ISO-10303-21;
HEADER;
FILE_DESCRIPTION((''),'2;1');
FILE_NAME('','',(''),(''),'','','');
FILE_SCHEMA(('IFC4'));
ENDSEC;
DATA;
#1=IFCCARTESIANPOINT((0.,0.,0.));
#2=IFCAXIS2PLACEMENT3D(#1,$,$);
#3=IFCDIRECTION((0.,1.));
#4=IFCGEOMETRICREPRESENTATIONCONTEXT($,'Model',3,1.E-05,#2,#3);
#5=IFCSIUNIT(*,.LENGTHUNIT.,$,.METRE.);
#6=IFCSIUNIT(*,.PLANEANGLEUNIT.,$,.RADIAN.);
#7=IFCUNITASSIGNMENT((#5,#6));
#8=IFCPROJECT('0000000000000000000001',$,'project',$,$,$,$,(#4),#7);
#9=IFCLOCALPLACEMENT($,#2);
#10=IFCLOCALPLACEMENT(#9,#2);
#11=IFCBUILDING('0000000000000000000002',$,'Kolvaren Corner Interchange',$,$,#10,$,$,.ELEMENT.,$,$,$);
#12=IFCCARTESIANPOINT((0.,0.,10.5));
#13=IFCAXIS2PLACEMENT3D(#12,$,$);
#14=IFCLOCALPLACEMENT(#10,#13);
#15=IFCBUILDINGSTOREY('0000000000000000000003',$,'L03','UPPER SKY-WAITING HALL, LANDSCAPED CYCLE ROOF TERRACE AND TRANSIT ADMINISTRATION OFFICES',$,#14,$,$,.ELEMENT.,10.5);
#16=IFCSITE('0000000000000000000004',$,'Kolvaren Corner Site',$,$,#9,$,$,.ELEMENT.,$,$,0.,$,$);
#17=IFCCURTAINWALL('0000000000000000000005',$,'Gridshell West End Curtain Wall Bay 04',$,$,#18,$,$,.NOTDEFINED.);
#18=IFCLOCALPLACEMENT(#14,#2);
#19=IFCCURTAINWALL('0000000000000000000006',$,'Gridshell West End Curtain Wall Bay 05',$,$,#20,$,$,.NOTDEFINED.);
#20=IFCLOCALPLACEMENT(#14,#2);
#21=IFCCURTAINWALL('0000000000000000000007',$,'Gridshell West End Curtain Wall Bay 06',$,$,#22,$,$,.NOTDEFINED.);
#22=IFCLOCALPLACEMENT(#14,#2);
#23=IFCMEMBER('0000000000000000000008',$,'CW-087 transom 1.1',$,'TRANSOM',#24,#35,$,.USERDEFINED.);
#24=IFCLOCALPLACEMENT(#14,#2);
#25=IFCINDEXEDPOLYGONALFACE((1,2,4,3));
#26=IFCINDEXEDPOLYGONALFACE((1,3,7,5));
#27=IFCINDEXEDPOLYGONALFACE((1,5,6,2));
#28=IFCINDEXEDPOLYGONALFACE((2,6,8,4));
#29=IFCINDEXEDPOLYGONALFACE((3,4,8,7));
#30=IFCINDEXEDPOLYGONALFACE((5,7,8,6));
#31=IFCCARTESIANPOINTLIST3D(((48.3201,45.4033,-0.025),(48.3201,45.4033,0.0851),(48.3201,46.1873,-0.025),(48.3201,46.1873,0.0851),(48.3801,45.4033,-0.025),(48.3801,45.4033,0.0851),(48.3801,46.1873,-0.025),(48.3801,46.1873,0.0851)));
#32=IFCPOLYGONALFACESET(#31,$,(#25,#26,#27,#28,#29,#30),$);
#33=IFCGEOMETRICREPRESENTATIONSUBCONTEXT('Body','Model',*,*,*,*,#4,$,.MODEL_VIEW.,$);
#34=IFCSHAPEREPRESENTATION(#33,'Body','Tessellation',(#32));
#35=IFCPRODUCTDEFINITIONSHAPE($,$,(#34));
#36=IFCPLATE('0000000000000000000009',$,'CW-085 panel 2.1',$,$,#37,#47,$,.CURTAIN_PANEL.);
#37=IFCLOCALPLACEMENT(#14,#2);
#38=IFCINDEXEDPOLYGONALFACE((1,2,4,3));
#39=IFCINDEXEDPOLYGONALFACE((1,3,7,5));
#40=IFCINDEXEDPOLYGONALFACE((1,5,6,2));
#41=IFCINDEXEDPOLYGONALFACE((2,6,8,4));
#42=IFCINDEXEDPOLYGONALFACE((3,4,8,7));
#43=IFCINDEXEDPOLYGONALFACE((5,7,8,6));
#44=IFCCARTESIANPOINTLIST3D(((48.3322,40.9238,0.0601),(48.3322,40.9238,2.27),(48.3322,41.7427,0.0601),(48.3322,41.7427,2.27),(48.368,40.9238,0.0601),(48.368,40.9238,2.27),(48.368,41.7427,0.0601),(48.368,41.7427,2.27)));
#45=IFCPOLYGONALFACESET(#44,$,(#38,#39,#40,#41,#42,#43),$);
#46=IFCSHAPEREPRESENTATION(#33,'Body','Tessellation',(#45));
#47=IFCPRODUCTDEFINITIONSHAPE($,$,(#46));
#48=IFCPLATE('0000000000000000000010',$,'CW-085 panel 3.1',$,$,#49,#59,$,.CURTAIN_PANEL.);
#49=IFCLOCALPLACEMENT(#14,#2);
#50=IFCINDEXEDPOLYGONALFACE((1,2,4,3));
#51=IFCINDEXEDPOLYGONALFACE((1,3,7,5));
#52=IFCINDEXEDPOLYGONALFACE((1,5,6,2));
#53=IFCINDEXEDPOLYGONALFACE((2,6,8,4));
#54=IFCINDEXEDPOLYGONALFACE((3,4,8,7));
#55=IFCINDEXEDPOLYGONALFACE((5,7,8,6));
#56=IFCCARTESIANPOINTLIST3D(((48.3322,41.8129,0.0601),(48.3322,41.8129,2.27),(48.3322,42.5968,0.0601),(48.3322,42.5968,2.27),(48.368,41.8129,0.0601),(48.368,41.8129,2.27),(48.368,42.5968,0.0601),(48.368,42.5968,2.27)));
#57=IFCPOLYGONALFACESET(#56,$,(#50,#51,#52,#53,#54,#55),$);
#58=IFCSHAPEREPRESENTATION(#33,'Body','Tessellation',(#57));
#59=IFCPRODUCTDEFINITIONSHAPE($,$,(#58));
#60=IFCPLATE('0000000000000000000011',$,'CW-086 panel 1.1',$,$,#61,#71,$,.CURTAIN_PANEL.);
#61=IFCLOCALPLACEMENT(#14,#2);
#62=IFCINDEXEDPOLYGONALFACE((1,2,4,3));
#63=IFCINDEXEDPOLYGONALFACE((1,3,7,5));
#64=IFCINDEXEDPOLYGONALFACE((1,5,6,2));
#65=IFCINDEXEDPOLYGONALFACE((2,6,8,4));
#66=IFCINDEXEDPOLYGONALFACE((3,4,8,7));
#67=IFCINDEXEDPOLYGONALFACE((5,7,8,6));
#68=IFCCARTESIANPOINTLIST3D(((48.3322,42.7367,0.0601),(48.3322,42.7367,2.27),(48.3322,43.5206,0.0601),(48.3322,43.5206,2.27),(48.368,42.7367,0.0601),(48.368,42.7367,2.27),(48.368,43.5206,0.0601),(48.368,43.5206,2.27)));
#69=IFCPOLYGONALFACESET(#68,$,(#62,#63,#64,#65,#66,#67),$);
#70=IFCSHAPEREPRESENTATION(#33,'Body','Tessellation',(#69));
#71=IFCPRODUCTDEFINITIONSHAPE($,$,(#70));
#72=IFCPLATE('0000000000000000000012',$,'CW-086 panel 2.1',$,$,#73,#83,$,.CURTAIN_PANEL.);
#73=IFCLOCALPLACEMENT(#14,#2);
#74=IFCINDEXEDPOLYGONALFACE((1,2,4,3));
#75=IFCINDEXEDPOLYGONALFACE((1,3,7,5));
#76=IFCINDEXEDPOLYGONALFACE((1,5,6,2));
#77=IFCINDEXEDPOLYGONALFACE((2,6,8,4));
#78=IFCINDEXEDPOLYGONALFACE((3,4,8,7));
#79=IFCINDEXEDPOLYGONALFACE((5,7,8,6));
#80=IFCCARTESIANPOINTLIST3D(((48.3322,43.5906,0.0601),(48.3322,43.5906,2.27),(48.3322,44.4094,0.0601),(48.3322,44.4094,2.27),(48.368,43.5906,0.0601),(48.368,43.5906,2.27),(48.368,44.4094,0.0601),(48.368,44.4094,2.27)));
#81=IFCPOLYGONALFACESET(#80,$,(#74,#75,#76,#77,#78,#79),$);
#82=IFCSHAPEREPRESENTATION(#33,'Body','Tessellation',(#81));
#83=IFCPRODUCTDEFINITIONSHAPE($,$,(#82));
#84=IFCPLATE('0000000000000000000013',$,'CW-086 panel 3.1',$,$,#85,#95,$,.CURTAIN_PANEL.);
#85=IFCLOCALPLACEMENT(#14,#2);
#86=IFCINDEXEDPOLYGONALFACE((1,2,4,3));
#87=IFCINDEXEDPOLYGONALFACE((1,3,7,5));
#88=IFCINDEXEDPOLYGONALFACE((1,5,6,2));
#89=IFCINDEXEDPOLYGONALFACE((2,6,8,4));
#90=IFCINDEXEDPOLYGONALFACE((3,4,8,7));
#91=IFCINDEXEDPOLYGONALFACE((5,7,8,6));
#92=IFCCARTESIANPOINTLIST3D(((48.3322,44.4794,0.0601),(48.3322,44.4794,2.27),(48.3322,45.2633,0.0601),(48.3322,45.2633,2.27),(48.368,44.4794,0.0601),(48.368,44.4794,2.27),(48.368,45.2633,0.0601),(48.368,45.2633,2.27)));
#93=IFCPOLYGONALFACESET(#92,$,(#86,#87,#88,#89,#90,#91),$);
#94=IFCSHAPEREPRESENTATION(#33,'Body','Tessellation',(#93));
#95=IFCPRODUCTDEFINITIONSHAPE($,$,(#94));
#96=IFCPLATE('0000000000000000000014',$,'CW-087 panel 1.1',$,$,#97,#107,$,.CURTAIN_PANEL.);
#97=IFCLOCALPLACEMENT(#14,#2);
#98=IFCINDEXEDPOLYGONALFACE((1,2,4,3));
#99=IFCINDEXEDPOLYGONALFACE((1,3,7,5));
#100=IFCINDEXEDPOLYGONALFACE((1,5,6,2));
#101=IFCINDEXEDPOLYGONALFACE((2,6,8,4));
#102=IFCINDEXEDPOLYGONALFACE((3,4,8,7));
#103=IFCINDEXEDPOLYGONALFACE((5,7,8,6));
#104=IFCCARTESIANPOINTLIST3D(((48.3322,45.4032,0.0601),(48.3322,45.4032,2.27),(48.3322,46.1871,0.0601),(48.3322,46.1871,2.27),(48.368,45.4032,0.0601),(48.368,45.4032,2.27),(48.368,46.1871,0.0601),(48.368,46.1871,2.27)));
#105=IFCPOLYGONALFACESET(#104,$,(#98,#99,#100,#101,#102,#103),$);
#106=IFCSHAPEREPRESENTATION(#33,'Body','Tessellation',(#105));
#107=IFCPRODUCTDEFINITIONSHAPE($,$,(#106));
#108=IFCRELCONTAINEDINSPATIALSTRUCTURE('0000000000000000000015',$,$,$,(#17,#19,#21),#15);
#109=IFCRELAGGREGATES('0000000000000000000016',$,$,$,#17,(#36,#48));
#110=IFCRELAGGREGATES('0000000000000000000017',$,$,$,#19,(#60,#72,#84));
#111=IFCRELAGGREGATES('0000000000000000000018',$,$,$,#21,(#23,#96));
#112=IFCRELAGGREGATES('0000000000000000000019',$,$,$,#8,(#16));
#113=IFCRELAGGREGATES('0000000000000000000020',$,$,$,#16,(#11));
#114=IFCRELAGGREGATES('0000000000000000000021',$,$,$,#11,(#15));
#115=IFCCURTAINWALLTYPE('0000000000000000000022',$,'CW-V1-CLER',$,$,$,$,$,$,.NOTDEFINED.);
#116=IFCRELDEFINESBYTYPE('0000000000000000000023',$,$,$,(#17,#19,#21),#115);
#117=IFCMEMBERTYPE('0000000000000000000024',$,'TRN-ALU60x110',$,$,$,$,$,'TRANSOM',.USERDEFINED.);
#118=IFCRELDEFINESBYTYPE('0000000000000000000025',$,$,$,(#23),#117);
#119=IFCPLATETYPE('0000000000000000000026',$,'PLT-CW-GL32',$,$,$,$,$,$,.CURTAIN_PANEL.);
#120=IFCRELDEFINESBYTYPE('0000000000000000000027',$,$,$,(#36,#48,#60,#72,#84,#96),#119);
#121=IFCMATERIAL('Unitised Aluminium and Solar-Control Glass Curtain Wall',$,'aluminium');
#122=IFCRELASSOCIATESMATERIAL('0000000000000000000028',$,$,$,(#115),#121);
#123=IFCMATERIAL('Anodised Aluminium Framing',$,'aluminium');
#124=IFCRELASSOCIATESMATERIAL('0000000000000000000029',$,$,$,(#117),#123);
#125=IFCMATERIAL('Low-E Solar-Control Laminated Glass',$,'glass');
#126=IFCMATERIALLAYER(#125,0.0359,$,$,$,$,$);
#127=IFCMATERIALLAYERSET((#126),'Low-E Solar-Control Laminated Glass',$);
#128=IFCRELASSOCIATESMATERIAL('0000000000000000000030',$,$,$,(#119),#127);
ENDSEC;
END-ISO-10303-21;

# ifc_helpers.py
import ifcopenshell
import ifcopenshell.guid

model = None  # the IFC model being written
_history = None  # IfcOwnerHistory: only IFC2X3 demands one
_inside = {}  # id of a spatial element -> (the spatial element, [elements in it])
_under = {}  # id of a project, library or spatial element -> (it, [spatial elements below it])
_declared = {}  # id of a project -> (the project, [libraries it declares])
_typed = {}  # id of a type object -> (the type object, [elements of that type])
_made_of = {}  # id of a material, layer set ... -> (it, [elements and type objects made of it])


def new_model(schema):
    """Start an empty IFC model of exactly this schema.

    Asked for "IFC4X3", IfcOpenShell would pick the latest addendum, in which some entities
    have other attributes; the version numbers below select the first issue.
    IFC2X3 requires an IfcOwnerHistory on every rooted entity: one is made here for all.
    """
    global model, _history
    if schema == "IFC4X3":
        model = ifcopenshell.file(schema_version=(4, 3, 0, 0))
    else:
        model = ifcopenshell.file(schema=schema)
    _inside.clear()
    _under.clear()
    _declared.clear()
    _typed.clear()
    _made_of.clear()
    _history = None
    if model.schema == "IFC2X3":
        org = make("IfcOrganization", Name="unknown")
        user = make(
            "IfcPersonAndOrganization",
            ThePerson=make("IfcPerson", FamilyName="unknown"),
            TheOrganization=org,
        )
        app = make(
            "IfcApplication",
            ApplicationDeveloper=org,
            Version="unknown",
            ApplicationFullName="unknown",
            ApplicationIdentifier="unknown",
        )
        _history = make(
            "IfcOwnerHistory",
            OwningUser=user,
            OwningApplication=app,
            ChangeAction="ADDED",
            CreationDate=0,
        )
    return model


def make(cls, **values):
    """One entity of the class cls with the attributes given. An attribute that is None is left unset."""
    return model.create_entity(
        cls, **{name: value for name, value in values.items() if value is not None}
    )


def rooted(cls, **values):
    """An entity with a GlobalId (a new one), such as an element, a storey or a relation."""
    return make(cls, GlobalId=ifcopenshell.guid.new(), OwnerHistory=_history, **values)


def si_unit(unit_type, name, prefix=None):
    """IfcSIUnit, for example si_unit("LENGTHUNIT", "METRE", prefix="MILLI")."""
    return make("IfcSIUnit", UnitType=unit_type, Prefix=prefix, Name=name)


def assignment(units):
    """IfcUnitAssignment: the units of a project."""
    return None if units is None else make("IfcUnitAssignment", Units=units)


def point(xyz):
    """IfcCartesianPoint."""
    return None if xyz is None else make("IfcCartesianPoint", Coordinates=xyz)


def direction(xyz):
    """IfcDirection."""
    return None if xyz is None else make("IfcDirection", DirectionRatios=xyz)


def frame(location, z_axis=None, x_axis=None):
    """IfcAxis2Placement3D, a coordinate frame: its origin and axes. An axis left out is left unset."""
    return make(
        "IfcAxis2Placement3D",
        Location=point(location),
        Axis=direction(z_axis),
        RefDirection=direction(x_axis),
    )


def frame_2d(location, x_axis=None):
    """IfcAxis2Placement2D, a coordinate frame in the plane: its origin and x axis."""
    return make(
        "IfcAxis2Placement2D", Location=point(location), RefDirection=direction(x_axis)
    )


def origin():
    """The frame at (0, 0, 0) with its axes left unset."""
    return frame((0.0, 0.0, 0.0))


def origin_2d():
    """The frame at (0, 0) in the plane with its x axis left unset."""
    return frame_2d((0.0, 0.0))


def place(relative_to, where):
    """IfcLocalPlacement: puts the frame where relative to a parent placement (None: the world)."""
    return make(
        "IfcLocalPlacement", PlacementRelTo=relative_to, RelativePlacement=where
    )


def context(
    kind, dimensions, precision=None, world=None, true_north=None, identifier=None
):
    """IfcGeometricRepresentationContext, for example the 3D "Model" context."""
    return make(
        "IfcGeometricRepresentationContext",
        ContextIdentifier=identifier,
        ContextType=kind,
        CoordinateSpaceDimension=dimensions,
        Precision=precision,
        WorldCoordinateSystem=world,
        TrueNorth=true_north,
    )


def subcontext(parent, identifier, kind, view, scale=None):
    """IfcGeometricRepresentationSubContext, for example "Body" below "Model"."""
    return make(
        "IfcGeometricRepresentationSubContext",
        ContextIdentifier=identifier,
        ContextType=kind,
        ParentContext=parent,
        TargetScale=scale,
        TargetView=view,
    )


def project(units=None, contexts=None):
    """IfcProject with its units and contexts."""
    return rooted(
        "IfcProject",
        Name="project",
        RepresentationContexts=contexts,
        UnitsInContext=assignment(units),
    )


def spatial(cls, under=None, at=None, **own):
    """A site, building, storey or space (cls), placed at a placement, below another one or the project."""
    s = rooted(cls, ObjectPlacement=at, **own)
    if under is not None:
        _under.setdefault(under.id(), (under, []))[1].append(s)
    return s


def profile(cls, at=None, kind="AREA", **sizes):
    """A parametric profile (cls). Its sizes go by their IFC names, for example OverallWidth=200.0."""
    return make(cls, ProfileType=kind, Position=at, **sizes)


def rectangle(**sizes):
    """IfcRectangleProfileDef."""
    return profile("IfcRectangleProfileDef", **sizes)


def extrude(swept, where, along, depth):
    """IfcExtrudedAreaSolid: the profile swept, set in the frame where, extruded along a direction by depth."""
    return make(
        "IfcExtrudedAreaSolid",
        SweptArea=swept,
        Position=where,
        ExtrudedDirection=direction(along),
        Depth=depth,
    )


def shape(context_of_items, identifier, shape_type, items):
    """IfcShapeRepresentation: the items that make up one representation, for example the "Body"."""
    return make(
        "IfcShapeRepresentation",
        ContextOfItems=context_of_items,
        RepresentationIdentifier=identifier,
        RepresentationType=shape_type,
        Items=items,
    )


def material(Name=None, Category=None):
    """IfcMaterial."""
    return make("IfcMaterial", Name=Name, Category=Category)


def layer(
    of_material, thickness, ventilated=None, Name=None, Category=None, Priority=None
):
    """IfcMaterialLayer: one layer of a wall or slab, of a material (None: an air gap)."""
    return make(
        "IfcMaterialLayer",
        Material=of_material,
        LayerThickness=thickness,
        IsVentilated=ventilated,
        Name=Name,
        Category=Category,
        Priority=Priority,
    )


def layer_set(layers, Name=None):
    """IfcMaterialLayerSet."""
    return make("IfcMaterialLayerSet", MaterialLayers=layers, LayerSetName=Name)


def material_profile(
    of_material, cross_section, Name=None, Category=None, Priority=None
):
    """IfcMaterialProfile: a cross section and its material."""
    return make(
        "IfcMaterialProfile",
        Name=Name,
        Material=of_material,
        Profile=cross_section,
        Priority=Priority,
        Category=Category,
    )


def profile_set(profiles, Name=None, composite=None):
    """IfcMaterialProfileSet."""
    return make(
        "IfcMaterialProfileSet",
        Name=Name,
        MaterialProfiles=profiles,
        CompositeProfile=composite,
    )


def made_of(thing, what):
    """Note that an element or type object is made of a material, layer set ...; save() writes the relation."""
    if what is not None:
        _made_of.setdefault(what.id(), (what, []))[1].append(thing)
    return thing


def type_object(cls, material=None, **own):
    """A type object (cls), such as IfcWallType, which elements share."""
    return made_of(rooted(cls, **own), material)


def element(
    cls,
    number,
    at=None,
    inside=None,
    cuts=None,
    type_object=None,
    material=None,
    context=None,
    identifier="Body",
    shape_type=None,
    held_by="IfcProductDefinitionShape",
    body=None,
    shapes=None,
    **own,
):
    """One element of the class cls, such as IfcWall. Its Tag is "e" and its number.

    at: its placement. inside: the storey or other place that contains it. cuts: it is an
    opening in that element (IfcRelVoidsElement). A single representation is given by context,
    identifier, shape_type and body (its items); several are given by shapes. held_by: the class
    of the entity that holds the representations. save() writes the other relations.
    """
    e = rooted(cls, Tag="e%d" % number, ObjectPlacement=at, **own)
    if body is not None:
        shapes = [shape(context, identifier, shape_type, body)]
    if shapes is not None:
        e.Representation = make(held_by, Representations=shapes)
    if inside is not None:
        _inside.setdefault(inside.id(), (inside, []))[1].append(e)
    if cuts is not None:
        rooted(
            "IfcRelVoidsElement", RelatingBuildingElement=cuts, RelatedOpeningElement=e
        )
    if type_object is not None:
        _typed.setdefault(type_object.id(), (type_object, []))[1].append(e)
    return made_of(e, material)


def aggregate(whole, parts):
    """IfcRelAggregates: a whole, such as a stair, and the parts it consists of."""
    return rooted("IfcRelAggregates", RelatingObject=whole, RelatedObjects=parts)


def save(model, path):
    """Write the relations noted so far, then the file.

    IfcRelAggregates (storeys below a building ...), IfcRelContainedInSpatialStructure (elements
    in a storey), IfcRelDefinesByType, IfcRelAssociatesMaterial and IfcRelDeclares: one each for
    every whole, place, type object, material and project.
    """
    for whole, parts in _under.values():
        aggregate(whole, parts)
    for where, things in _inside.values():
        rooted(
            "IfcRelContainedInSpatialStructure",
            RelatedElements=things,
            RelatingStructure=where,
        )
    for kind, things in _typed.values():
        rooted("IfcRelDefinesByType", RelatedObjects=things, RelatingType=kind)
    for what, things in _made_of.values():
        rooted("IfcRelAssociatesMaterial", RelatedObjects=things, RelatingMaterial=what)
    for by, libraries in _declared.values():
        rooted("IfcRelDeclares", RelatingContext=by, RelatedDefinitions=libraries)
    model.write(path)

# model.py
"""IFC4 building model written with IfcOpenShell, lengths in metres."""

from ifc_helpers import new_model, si_unit, direction, frame, origin, origin_2d, place, context, subcontext, project, spatial, rectangle, extrude, material, layer, layer_set, material_profile, profile_set, type_object, element, aggregate, save


model = new_model("IFC4")

# Units and contexts
model_context = context("Model", 3, precision=1e-05, world=origin(), true_north=direction((0.0, 1.0)))
body_context = subcontext(model_context, "Body", "Model", "MODEL_VIEW")
ifc_project = project(units=[si_unit("LENGTHUNIT", "METRE"), si_unit("PLANEANGLEUNIT", "RADIAN")], contexts=[model_context])

# Site, building, storey
site_placement = place(None, origin())
site = spatial("IfcSite", under=ifc_project, at=site_placement, Name="Kolvaren Corner Site", CompositionType="ELEMENT", RefElevation=0.0)
building_placement = place(site_placement, origin())
building = spatial("IfcBuilding", under=site, at=building_placement, Name="Kolvaren Corner Interchange", CompositionType="ELEMENT")
storey_placement = place(building_placement, frame((0.0, 0.0, 10.5)))
storey = spatial("IfcBuildingStorey", under=building, at=storey_placement, Name="L03", Description="UPPER SKY-WAITING HALL, LANDSCAPED CYCLE ROOF TERRACE AND TRANSIT ADMINISTRATION OFFICES", CompositionType="ELEMENT", Elevation=10.5)

# Curtain walls
ifc_material_1 = material(Name="Unitised Aluminium and Solar-Control Glass Curtain Wall", Category="aluminium")
curtain_wall_type = type_object("IfcCurtainWallType", Name="CW-V1-CLER", PredefinedType="NOTDEFINED", material=ifc_material_1)
curtain_wall_1_placement = place(storey_placement, origin())
curtain_wall_1 = element("IfcCurtainWall", 1, at=curtain_wall_1_placement, inside=storey, type_object=curtain_wall_type, Name="Gridshell West End Curtain Wall Bay 04", PredefinedType="NOTDEFINED")
curtain_wall_2_placement = place(storey_placement, origin())
curtain_wall_2 = element("IfcCurtainWall", 2, at=curtain_wall_2_placement, inside=storey, type_object=curtain_wall_type, Name="Gridshell West End Curtain Wall Bay 05", PredefinedType="NOTDEFINED")

# Curtain wall
curtain_wall_3_placement = place(storey_placement, origin())
curtain_wall_3 = element("IfcCurtainWall", 3, at=curtain_wall_3_placement, inside=storey, type_object=curtain_wall_type, Name="Gridshell West End Curtain Wall Bay 06", PredefinedType="NOTDEFINED")

# Member
ifc_material_2 = material(Name="Anodised Aluminium Framing", Category="aluminium")
ifc_material_profile_1 = material_profile(ifc_material_2, rectangle(XDim=0.0601, YDim=0.1101, at=origin_2d()), Name="ALU 60x110")
ifc_profile_set_1 = profile_set([ifc_material_profile_1], Name="Anodised Aluminium Framing")
member_type_1 = type_object("IfcMemberType", Name="TRN-ALU60x110", ElementType="TRANSOM", PredefinedType="USERDEFINED", material=ifc_profile_set_1)
member_1_placement = place(storey_placement, frame((48.3501, 45.4033, 0.03), z_axis=(0.0, 1.0, 0.0), x_axis=(-1.0, 0.0, 0.0)))
member_1 = element("IfcMember", 4, at=member_1_placement, type_object=member_type_1, Name="CW-087 transom 1.1", ObjectType="TRANSOM", PredefinedType="USERDEFINED", context=body_context, shape_type="SweptSolid", body=[
    extrude(rectangle(XDim=0.0601, YDim=0.1101, at=origin_2d()), origin(), (0.0, 0.0, 1.0), 0.7839),
])

# Plates
ifc_material_3 = material(Name="Low-E Solar-Control Laminated Glass", Category="glass")
ifc_layer = layer(ifc_material_3, 0.0359)
ifc_layer_set = layer_set([ifc_layer], Name="Low-E Solar-Control Laminated Glass")
plate_type = type_object("IfcPlateType", Name="PLT-CW-GL32", PredefinedType="CURTAIN_PANEL", material=ifc_layer_set)
plate_1_placement = place(storey_placement, frame((48.3501, 41.3333, 0.0601), z_axis=(0.0, 0.0, 1.0), x_axis=(0.0, 1.0, 0.0)))
plate_1 = element("IfcPlate", 5, at=plate_1_placement, type_object=plate_type, Name="CW-085 panel 2.1", PredefinedType="CURTAIN_PANEL", context=body_context, shape_type="SweptSolid", body=[
    extrude(rectangle(XDim=0.8188, YDim=0.0359, at=origin_2d()), origin(), (0.0, 0.0, 1.0), 2.21),
])
plate_2_placement = place(storey_placement, frame((48.3501, 42.2048, 0.0601), z_axis=(0.0, 0.0, 1.0), x_axis=(0.0, 1.0, 0.0)))
plate_2 = element("IfcPlate", 6, at=plate_2_placement, type_object=plate_type, Name="CW-085 panel 3.1", PredefinedType="CURTAIN_PANEL", context=body_context, shape_type="SweptSolid", body=[
    extrude(rectangle(XDim=0.7839, YDim=0.0359, at=origin_2d()), origin(), (0.0, 0.0, 1.0), 2.21),
])
aggregate(curtain_wall_1, [plate_1, plate_2])
plate_3_placement = place(storey_placement, frame((48.3501, 43.1287, 0.0601), z_axis=(0.0, 0.0, 1.0), x_axis=(0.0, 1.0, 0.0)))
plate_3 = element("IfcPlate", 7, at=plate_3_placement, type_object=plate_type, Name="CW-086 panel 1.1", PredefinedType="CURTAIN_PANEL", context=body_context, shape_type="SweptSolid", body=[
    extrude(rectangle(XDim=0.7839, YDim=0.0359, at=origin_2d()), origin(), (0.0, 0.0, 1.0), 2.21),
])
plate_4_placement = place(storey_placement, frame((48.3501, 44.0, 0.0601), z_axis=(0.0, 0.0, 1.0), x_axis=(0.0, 1.0, 0.0)))
plate_4 = element("IfcPlate", 8, at=plate_4_placement, type_object=plate_type, Name="CW-086 panel 2.1", PredefinedType="CURTAIN_PANEL", context=body_context, shape_type="SweptSolid", body=[
    extrude(rectangle(XDim=0.8188, YDim=0.0359, at=origin_2d()), origin(), (0.0, 0.0, 1.0), 2.21),
])
plate_5_placement = place(storey_placement, frame((48.3501, 44.8713, 0.0601), z_axis=(0.0, 0.0, 1.0), x_axis=(0.0, 1.0, 0.0)))
plate_5 = element("IfcPlate", 9, at=plate_5_placement, type_object=plate_type, Name="CW-086 panel 3.1", PredefinedType="CURTAIN_PANEL", context=body_context, shape_type="SweptSolid", body=[
    extrude(rectangle(XDim=0.7839, YDim=0.0359, at=origin_2d()), origin(), (0.0, 0.0, 1.0), 2.21),
])
aggregate(curtain_wall_2, [plate_3, plate_4, plate_5])
plate_6_placement = place(storey_placement, frame((48.3501, 45.7952, 0.0601), z_axis=(0.0, 0.0, 1.0), x_axis=(0.0, 1.0, 0.0)))
plate_6 = element("IfcPlate", 10, at=plate_6_placement, type_object=plate_type, Name="CW-087 panel 1.1", PredefinedType="CURTAIN_PANEL", context=body_context, shape_type="SweptSolid", body=[
    extrude(rectangle(XDim=0.7839, YDim=0.0359, at=origin_2d()), origin(), (0.0, 0.0, 1.0), 2.21),
])
aggregate(curtain_wall_3, [member_1, plate_6])

save(model, "model.ifc")
